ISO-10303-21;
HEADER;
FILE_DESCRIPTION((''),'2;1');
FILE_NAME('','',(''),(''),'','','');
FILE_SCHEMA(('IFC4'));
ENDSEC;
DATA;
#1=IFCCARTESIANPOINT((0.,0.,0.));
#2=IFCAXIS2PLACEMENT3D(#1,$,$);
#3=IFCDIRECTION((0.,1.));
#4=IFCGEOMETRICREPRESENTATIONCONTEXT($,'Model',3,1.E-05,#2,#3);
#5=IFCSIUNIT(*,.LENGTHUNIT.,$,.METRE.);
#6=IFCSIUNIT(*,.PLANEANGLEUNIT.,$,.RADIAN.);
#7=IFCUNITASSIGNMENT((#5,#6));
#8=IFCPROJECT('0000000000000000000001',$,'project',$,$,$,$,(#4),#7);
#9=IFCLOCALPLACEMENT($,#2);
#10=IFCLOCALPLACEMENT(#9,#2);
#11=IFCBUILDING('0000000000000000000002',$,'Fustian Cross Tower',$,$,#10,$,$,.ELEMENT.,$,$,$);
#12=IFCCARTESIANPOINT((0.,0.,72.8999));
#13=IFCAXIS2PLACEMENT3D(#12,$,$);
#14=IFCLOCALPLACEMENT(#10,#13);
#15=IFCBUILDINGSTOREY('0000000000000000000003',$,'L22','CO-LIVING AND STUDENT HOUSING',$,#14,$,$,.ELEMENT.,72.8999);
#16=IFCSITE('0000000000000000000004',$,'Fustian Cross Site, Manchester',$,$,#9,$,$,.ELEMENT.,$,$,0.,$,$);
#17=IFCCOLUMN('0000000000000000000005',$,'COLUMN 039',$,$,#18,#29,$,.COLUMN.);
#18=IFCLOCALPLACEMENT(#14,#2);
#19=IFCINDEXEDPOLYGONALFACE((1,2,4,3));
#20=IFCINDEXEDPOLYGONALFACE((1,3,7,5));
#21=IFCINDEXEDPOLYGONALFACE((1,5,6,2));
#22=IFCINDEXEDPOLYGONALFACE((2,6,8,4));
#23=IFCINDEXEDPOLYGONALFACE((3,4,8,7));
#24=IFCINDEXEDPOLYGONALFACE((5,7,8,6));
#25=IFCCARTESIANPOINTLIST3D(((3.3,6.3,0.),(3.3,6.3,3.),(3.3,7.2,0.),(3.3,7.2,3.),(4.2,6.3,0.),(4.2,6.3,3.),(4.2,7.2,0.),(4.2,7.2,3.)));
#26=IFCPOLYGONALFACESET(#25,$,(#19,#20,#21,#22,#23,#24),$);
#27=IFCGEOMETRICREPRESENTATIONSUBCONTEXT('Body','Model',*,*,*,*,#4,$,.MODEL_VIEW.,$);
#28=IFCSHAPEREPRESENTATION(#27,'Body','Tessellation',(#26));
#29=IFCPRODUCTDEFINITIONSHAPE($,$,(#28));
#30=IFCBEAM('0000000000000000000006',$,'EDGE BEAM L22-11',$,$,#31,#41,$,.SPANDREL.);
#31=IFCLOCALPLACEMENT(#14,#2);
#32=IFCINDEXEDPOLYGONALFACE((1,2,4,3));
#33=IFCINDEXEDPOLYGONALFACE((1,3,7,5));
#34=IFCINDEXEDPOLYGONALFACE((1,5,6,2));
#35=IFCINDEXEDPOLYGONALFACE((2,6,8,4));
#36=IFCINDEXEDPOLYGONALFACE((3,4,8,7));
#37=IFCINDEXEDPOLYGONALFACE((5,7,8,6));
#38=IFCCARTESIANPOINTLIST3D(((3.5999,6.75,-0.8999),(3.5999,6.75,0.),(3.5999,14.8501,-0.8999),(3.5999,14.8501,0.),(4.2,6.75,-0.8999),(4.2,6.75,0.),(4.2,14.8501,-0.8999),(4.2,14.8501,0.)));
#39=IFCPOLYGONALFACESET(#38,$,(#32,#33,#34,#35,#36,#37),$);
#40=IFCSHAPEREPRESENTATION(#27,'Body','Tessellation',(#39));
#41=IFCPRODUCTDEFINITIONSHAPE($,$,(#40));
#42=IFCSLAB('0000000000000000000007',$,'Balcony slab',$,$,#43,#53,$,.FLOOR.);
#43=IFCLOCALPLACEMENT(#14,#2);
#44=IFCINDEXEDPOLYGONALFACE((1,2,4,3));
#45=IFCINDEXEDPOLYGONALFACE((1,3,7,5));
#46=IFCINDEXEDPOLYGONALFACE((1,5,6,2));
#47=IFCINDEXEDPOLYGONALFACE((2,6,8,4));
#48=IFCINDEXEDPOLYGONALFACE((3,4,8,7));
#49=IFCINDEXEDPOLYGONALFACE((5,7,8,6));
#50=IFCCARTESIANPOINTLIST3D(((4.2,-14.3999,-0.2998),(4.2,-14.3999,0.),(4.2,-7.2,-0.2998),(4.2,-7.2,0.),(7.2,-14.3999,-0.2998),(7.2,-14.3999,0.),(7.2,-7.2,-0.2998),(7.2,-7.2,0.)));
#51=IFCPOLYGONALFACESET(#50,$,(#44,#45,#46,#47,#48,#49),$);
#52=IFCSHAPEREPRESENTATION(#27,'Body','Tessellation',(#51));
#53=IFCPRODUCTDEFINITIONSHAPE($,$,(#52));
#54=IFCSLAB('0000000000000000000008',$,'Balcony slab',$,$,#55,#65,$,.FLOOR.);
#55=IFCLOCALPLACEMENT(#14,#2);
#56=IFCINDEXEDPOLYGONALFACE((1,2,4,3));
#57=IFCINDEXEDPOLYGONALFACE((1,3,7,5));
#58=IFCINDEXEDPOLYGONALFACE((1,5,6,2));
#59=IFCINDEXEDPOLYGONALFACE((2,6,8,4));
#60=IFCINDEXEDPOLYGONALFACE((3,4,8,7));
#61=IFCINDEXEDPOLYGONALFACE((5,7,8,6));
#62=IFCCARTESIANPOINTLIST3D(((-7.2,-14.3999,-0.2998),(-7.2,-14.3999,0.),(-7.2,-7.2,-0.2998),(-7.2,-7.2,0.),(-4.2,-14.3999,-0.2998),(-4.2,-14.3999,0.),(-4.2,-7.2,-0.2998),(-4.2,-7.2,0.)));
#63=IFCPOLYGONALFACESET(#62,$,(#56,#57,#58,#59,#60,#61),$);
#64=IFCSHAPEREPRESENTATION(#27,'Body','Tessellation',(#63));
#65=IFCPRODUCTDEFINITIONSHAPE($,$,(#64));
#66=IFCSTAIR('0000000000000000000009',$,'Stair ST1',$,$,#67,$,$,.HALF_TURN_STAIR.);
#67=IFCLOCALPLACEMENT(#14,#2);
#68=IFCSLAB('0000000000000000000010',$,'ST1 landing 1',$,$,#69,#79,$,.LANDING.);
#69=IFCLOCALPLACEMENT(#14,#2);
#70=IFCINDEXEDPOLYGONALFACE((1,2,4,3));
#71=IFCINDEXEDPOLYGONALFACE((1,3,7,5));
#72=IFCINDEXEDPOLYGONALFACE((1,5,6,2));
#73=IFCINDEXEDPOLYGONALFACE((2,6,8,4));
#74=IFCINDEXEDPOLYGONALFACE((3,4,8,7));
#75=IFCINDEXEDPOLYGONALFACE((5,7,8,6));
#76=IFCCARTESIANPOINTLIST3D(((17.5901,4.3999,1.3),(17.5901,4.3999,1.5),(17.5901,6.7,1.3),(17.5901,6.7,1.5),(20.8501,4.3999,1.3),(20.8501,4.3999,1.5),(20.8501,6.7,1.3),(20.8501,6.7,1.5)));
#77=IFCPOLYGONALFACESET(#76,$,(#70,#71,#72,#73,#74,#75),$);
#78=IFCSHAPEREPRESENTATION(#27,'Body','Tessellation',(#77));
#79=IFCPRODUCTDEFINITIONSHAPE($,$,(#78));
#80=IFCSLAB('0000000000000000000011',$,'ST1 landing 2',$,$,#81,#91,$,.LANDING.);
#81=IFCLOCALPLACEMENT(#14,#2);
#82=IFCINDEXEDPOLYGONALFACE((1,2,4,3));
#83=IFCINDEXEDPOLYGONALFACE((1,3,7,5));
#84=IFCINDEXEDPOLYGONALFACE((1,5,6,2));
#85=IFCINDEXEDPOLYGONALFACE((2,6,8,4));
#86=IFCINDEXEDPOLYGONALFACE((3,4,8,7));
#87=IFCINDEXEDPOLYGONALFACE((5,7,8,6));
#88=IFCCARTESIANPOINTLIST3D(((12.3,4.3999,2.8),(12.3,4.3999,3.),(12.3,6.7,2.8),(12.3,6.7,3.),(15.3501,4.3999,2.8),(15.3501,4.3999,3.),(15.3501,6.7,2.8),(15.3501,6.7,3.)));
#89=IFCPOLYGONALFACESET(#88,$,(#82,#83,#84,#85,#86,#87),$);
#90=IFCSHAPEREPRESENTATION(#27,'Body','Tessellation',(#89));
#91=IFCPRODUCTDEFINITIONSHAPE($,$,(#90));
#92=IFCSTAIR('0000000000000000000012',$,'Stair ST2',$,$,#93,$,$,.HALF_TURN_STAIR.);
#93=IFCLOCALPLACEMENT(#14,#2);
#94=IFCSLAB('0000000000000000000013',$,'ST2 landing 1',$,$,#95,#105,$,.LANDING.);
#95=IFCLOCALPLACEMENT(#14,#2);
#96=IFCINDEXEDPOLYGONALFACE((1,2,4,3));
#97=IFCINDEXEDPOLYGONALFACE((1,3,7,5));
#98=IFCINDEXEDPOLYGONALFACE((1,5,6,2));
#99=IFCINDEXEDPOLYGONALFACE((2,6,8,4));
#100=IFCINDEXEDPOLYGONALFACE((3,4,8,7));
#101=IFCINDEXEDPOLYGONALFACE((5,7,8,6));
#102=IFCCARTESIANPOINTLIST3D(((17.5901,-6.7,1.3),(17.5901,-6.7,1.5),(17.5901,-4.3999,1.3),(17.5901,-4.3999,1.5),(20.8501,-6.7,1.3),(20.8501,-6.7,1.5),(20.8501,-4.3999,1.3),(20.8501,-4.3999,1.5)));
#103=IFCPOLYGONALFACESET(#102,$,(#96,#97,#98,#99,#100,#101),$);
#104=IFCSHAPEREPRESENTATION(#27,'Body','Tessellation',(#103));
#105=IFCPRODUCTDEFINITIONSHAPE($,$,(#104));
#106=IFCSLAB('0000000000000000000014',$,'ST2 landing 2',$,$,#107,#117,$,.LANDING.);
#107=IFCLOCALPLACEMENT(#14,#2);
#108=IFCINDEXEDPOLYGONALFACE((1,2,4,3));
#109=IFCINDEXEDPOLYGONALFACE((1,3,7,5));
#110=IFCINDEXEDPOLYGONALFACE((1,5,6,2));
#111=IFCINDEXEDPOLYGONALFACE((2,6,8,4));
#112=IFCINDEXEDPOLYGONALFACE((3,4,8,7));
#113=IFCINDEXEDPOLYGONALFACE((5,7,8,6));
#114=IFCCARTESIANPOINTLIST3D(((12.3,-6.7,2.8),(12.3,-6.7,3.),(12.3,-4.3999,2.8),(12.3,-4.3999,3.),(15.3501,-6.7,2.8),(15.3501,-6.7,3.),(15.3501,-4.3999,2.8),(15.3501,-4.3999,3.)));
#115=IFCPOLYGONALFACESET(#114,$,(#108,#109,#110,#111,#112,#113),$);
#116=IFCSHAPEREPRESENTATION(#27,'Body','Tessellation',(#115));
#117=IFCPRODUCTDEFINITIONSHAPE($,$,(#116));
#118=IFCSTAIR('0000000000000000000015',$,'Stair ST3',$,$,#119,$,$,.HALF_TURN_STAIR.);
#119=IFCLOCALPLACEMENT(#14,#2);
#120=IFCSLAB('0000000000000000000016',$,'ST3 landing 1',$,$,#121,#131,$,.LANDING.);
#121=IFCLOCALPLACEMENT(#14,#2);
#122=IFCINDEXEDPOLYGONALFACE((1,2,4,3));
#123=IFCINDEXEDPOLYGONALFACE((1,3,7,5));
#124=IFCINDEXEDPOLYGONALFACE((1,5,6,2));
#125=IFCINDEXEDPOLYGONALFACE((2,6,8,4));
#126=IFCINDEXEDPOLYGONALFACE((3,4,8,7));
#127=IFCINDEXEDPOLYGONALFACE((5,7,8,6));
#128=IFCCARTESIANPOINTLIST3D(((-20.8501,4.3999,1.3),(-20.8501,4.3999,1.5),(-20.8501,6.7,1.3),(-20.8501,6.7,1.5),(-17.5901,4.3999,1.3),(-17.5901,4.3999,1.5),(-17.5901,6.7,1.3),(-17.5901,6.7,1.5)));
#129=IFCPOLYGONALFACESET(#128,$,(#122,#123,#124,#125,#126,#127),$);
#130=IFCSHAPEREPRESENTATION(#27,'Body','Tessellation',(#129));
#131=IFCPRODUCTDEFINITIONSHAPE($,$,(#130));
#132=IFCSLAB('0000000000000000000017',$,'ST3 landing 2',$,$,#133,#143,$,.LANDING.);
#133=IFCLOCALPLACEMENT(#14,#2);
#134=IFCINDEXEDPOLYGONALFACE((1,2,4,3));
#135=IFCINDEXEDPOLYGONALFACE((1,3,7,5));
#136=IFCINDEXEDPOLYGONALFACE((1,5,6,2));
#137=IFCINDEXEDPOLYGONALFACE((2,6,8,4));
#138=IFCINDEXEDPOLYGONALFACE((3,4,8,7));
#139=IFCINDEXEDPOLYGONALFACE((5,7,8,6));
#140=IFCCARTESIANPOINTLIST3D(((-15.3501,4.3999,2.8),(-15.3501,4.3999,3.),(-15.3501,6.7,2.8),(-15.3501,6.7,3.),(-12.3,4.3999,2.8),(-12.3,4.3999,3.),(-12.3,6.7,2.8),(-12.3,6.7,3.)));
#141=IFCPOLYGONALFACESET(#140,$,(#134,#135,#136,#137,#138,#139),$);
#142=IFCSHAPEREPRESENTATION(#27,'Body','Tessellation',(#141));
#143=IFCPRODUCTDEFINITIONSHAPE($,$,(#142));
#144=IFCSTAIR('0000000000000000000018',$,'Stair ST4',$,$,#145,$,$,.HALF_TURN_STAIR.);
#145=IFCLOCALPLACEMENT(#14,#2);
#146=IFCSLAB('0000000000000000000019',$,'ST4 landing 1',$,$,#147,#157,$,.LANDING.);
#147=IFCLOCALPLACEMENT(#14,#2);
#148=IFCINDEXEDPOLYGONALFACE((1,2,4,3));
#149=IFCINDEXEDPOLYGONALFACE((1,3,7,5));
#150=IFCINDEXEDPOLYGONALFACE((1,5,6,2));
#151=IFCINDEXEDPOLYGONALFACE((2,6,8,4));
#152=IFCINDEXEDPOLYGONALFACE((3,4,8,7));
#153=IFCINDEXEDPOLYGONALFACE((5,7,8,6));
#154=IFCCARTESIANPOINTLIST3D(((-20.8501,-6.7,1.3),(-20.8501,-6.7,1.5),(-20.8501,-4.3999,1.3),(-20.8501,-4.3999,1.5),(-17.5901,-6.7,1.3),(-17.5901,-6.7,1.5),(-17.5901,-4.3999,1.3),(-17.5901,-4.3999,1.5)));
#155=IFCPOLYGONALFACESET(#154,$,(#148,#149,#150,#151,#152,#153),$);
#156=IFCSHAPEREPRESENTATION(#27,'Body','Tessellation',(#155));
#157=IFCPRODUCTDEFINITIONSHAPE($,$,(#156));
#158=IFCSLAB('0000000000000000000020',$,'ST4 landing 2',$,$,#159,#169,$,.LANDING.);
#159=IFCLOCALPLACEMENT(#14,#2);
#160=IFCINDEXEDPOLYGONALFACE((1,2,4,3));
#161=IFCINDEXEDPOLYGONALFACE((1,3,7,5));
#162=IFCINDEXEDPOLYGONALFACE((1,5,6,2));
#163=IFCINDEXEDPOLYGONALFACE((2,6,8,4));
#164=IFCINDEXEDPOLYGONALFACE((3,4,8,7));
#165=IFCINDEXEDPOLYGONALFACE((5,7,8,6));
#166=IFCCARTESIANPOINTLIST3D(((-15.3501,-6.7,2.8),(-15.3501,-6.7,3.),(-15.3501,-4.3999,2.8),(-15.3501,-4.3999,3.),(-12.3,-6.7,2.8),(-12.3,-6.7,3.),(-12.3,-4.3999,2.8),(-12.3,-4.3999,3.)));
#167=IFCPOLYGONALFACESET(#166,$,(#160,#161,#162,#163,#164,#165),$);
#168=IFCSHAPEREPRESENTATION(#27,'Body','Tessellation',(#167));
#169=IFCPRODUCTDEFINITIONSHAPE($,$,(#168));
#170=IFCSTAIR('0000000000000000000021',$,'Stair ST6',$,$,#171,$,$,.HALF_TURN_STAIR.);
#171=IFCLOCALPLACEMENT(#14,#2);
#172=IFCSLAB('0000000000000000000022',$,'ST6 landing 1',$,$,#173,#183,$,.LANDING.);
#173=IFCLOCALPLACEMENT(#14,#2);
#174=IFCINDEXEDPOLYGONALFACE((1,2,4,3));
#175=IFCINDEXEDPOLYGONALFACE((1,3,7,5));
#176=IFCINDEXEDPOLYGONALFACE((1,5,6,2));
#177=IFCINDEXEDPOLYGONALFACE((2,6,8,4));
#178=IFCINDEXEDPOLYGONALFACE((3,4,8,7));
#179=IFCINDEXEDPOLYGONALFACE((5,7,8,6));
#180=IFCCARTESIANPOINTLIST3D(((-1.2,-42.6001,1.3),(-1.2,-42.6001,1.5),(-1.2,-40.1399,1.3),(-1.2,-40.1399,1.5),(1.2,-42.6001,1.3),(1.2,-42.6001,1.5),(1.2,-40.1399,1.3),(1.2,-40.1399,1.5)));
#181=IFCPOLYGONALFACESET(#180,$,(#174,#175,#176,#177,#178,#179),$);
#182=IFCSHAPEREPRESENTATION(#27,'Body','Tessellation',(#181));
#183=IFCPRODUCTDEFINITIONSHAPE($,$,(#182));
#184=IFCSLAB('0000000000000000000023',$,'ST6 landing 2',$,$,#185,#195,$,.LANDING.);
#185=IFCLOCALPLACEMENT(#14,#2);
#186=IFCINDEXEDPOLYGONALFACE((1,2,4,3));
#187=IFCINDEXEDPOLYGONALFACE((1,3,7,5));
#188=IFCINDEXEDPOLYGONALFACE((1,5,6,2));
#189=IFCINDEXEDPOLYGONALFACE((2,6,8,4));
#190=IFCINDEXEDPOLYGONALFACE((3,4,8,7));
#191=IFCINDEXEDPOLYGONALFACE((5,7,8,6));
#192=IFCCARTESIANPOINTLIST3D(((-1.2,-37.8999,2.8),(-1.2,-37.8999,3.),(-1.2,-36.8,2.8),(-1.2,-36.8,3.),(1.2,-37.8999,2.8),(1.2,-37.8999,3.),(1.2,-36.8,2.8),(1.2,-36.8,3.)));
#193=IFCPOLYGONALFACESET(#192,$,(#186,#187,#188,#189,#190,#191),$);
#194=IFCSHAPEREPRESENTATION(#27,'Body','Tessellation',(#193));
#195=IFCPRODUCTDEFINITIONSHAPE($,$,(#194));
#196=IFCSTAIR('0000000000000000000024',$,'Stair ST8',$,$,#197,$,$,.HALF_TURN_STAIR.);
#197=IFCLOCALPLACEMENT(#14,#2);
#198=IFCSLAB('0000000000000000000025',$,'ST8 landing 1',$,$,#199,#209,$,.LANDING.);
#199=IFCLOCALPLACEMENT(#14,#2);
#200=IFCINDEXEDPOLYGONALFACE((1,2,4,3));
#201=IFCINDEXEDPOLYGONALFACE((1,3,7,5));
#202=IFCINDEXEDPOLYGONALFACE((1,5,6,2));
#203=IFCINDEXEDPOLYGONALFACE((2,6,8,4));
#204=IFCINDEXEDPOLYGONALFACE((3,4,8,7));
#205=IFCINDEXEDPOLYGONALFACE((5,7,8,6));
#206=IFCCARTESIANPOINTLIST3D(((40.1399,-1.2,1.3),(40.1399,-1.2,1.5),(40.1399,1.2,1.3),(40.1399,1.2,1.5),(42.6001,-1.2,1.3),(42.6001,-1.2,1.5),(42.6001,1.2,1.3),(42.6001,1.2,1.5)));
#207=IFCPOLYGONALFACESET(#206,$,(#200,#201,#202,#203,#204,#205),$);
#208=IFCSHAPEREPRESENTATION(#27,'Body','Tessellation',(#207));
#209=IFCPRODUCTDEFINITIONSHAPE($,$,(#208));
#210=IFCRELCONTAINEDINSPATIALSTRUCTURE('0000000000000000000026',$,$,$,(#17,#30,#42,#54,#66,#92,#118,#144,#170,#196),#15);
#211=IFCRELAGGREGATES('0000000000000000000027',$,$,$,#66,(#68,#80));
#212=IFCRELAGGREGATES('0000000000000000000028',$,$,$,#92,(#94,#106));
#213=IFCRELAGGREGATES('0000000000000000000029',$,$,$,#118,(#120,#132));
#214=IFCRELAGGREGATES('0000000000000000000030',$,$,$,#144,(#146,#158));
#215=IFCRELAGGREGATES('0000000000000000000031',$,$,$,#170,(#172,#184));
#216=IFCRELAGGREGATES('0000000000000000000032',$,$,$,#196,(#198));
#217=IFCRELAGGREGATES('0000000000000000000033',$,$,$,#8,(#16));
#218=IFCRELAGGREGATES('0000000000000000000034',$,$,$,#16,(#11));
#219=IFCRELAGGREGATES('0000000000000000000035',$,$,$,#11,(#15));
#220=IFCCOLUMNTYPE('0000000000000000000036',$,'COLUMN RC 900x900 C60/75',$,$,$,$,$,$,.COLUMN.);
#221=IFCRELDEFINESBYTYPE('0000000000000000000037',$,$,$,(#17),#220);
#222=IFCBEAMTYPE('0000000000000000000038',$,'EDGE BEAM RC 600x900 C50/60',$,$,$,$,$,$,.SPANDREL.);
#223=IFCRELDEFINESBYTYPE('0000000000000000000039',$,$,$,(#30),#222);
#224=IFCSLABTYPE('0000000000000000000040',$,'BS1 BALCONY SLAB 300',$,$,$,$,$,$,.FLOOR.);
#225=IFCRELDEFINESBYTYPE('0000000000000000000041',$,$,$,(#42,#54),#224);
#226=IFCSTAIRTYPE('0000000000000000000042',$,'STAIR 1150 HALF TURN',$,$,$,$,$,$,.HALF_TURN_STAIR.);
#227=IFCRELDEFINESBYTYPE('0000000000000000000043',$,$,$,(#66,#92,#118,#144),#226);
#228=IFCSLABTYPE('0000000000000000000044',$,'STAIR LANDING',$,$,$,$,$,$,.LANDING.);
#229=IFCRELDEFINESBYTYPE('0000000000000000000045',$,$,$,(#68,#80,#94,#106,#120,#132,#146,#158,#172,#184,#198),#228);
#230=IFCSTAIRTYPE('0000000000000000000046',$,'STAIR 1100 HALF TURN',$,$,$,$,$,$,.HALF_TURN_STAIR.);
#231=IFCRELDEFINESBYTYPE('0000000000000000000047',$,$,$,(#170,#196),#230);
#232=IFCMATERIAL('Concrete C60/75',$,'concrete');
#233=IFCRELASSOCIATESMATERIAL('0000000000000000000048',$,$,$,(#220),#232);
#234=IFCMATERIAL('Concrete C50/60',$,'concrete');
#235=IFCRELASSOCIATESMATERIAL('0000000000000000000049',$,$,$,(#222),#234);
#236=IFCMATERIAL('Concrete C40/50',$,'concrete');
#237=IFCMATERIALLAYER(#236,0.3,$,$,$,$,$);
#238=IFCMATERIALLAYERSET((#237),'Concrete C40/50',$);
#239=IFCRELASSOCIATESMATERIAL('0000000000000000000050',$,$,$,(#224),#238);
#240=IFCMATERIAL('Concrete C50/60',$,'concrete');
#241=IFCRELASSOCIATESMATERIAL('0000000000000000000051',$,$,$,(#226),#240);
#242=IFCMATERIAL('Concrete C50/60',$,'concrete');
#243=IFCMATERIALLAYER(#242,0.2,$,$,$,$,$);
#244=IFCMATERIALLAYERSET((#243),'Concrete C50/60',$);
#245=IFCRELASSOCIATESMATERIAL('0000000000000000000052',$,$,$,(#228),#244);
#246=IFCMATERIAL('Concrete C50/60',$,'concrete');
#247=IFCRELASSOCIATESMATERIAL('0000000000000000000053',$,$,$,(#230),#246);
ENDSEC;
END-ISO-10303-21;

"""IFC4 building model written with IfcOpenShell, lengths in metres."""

from ifc_helpers import new_model, si_unit, direction, frame, origin, origin_2d, place, context, subcontext, project, spatial, polyline, rectangle, outline, extrude, material, layer, layer_set, material_profile, profile_set, type_object, element, aggregate, save


model = new_model("IFC4")

# Units and contexts
model_context = context("Model", 3, precision=1e-05, world=origin(), true_north=direction((0.0, 1.0)))
body_context = subcontext(model_context, "Body", "Model", "MODEL_VIEW")
ifc_project = project(units=[si_unit("LENGTHUNIT", "METRE"), si_unit("PLANEANGLEUNIT", "RADIAN")], contexts=[model_context])

# Site, building, storey
site_placement = place(None, origin())
site = spatial("IfcSite", under=ifc_project, at=site_placement, Name="Fustian Cross Site, Manchester", CompositionType="ELEMENT", RefElevation=0.0)
building_placement = place(site_placement, origin())
building = spatial("IfcBuilding", under=site, at=building_placement, Name="Fustian Cross Tower", CompositionType="ELEMENT")
storey_placement = place(building_placement, frame((0.0, 0.0, 72.8999)))
storey = spatial("IfcBuildingStorey", under=building, at=storey_placement, Name="L22", Description="CO-LIVING AND STUDENT HOUSING", CompositionType="ELEMENT", Elevation=72.8999)

# Column
ifc_material_1 = material(Name="Concrete C60/75", Category="concrete")
ifc_material_profile_1 = material_profile(ifc_material_1, rectangle(XDim=0.8999, YDim=0.8999, at=origin_2d()), Name="RC 900x900")
ifc_profile_set_1 = profile_set([ifc_material_profile_1], Name="Concrete C60/75")
column_type = type_object("IfcColumnType", Name="COLUMN RC 900x900 C60/75", PredefinedType="COLUMN", material=ifc_profile_set_1)
column_placement = place(storey_placement, frame((3.75, 6.75, 0.0), z_axis=(0.0, 0.0, 1.0), x_axis=(1.0, 0.0, 0.0)))
element("IfcColumn", 1, at=column_placement, inside=storey, type_object=column_type, Name="COLUMN 039", PredefinedType="COLUMN", context=body_context, shape_type="SweptSolid", body=[
    extrude(rectangle(XDim=0.8999, YDim=0.8999, at=origin_2d()), origin(), (0.0, 0.0, 1.0), 3.0),
])

# Beam
ifc_material_2 = material(Name="Concrete C50/60", Category="concrete")
ifc_material_profile_2 = material_profile(ifc_material_2, rectangle(XDim=0.6001, YDim=0.8999, at=origin_2d()), Name="RC 600x900")
ifc_profile_set_2 = profile_set([ifc_material_profile_2], Name="Concrete C50/60")
beam_type = type_object("IfcBeamType", Name="EDGE BEAM RC 600x900 C50/60", PredefinedType="SPANDREL", material=ifc_profile_set_2)
beam_placement = place(storey_placement, frame((3.8999, 6.75, -0.45), z_axis=(0.0, 1.0, 0.0), x_axis=(-1.0, 0.0, 0.0)))
element("IfcBeam", 2, at=beam_placement, inside=storey, type_object=beam_type, Name="EDGE BEAM L22-11", PredefinedType="SPANDREL", context=body_context, shape_type="SweptSolid", body=[
    extrude(rectangle(XDim=0.6001, YDim=0.8999, at=origin_2d()), origin(), (0.0, 0.0, 1.0), 8.1001),
])

# Slabs
ifc_material_3 = material(Name="Concrete C40/50", Category="concrete")
ifc_layer_1 = layer(ifc_material_3, 0.3)
ifc_layer_set_1 = layer_set([ifc_layer_1], Name="Concrete C40/50")
slab_type_1 = type_object("IfcSlabType", Name="BS1 BALCONY SLAB 300", PredefinedType="FLOOR", material=ifc_layer_set_1)
slab_1_placement = place(storey_placement, frame((0.0, 0.0, -0.2998)))
element("IfcSlab", 3, at=slab_1_placement, inside=storey, type_object=slab_type_1, Name="Balcony slab", PredefinedType="FLOOR", context=body_context, shape_type="SweptSolid", body=[
    extrude(outline(polyline([(4.2, -14.3999), (7.2, -14.3999), (7.2, -7.2), (4.2, -7.2), (4.2, -14.3999)])), origin(), (0.0, 0.0, 1.0), 0.2998),
])
slab_2_placement = place(storey_placement, frame((0.0, 0.0, -0.2998)))
element("IfcSlab", 4, at=slab_2_placement, inside=storey, type_object=slab_type_1, Name="Balcony slab", PredefinedType="FLOOR", context=body_context, shape_type="SweptSolid", body=[
    extrude(outline(polyline([(-7.2, -14.3999), (-4.2, -14.3999), (-4.2, -7.2), (-7.2, -7.2), (-7.2, -14.3999)])), origin(), (0.0, 0.0, 1.0), 0.2998),
])

# Stairs, slabs
ifc_material_4 = material(Name="Concrete C50/60", Category="concrete")
stair_type_1 = type_object("IfcStairType", Name="STAIR 1150 HALF TURN", PredefinedType="HALF_TURN_STAIR", material=ifc_material_4)
stair_1_placement = place(storey_placement, origin())
stair_1 = element("IfcStair", 5, at=stair_1_placement, inside=storey, type_object=stair_type_1, Name="Stair ST1", PredefinedType="HALF_TURN_STAIR")
ifc_material_5 = material(Name="Concrete C50/60", Category="concrete")
ifc_layer_2 = layer(ifc_material_5, 0.2)
ifc_layer_set_2 = layer_set([ifc_layer_2], Name="Concrete C50/60")
slab_type_2 = type_object("IfcSlabType", Name="STAIR LANDING", PredefinedType="LANDING", material=ifc_layer_set_2)
slab_3_placement = place(storey_placement, frame((0.0, 0.0, 1.3)))
slab_3 = element("IfcSlab", 6, at=slab_3_placement, type_object=slab_type_2, Name="ST1 landing 1", PredefinedType="LANDING", context=body_context, shape_type="SweptSolid", body=[
    extrude(outline(polyline([(17.5901, 4.3999), (20.8501, 4.3999), (20.8501, 6.7), (17.5901, 6.7), (17.5901, 4.3999)])), origin(), (0.0, 0.0, 1.0), 0.2),
])
slab_4_placement = place(storey_placement, frame((0.0, 0.0, 2.8)))
slab_4 = element("IfcSlab", 7, at=slab_4_placement, type_object=slab_type_2, Name="ST1 landing 2", PredefinedType="LANDING", context=body_context, shape_type="SweptSolid", body=[
    extrude(outline(polyline([(12.3, 4.3999), (15.3501, 4.3999), (15.3501, 6.7), (12.3, 6.7), (12.3, 4.3999)])), origin(), (0.0, 0.0, 1.0), 0.2),
])
aggregate(stair_1, [slab_3, slab_4])
stair_2_placement = place(storey_placement, origin())
stair_2 = element("IfcStair", 8, at=stair_2_placement, inside=storey, type_object=stair_type_1, Name="Stair ST2", PredefinedType="HALF_TURN_STAIR")
slab_5_placement = place(storey_placement, frame((0.0, 0.0, 1.3)))
slab_5 = element("IfcSlab", 9, at=slab_5_placement, type_object=slab_type_2, Name="ST2 landing 1", PredefinedType="LANDING", context=body_context, shape_type="SweptSolid", body=[
    extrude(outline(polyline([(17.5901, -4.3999), (20.8501, -4.3999), (20.8501, -6.7), (17.5901, -6.7), (17.5901, -4.3999)])), origin(), (0.0, 0.0, 1.0), 0.2),
])
slab_6_placement = place(storey_placement, frame((0.0, 0.0, 2.8)))
slab_6 = element("IfcSlab", 10, at=slab_6_placement, type_object=slab_type_2, Name="ST2 landing 2", PredefinedType="LANDING", context=body_context, shape_type="SweptSolid", body=[
    extrude(outline(polyline([(12.3, -4.3999), (15.3501, -4.3999), (15.3501, -6.7), (12.3, -6.7), (12.3, -4.3999)])), origin(), (0.0, 0.0, 1.0), 0.2),
])
aggregate(stair_2, [slab_5, slab_6])
stair_3_placement = place(storey_placement, origin())
stair_3 = element("IfcStair", 11, at=stair_3_placement, inside=storey, type_object=stair_type_1, Name="Stair ST3", PredefinedType="HALF_TURN_STAIR")
slab_7_placement = place(storey_placement, frame((0.0, 0.0, 1.3)))
slab_7 = element("IfcSlab", 12, at=slab_7_placement, type_object=slab_type_2, Name="ST3 landing 1", PredefinedType="LANDING", context=body_context, shape_type="SweptSolid", body=[
    extrude(outline(polyline([(-17.5901, 4.3999), (-20.8501, 4.3999), (-20.8501, 6.7), (-17.5901, 6.7), (-17.5901, 4.3999)])), origin(), (0.0, 0.0, 1.0), 0.2),
])
slab_8_placement = place(storey_placement, frame((0.0, 0.0, 2.8)))
slab_8 = element("IfcSlab", 13, at=slab_8_placement, type_object=slab_type_2, Name="ST3 landing 2", PredefinedType="LANDING", context=body_context, shape_type="SweptSolid", body=[
    extrude(outline(polyline([(-12.3, 4.3999), (-15.3501, 4.3999), (-15.3501, 6.7), (-12.3, 6.7), (-12.3, 4.3999)])), origin(), (0.0, 0.0, 1.0), 0.2),
])
aggregate(stair_3, [slab_7, slab_8])
stair_4_placement = place(storey_placement, origin())
stair_4 = element("IfcStair", 14, at=stair_4_placement, inside=storey, type_object=stair_type_1, Name="Stair ST4", PredefinedType="HALF_TURN_STAIR")
slab_9_placement = place(storey_placement, frame((0.0, 0.0, 1.3)))
slab_9 = element("IfcSlab", 15, at=slab_9_placement, type_object=slab_type_2, Name="ST4 landing 1", PredefinedType="LANDING", context=body_context, shape_type="SweptSolid", body=[
    extrude(outline(polyline([(-17.5901, -4.3999), (-20.8501, -4.3999), (-20.8501, -6.7), (-17.5901, -6.7), (-17.5901, -4.3999)])), origin(), (0.0, 0.0, 1.0), 0.2),
])
slab_10_placement = place(storey_placement, frame((0.0, 0.0, 2.8)))
slab_10 = element("IfcSlab", 16, at=slab_10_placement, type_object=slab_type_2, Name="ST4 landing 2", PredefinedType="LANDING", context=body_context, shape_type="SweptSolid", body=[
    extrude(outline(polyline([(-12.3, -4.3999), (-15.3501, -4.3999), (-15.3501, -6.7), (-12.3, -6.7), (-12.3, -4.3999)])), origin(), (0.0, 0.0, 1.0), 0.2),
])
aggregate(stair_4, [slab_9, slab_10])
ifc_material_6 = material(Name="Concrete C50/60", Category="concrete")
stair_type_2 = type_object("IfcStairType", Name="STAIR 1100 HALF TURN", PredefinedType="HALF_TURN_STAIR", material=ifc_material_6)
stair_5_placement = place(storey_placement, origin())
stair_5 = element("IfcStair", 17, at=stair_5_placement, inside=storey, type_object=stair_type_2, Name="Stair ST6", PredefinedType="HALF_TURN_STAIR")
slab_11_placement = place(storey_placement, frame((0.0, 0.0, 1.3)))
slab_11 = element("IfcSlab", 18, at=slab_11_placement, type_object=slab_type_2, Name="ST6 landing 1", PredefinedType="LANDING", context=body_context, shape_type="SweptSolid", body=[
    extrude(outline(polyline([(-1.2, -40.1399), (-1.2, -42.6001), (1.2, -42.6001), (1.2, -40.1399), (-1.2, -40.1399)])), origin(), (0.0, 0.0, 1.0), 0.2),
])
slab_12_placement = place(storey_placement, frame((0.0, 0.0, 2.8)))
slab_12 = element("IfcSlab", 19, at=slab_12_placement, type_object=slab_type_2, Name="ST6 landing 2", PredefinedType="LANDING", context=body_context, shape_type="SweptSolid", body=[
    extrude(outline(polyline([(-1.2, -36.8), (-1.2, -37.8999), (1.2, -37.8999), (1.2, -36.8), (-1.2, -36.8)])), origin(), (0.0, 0.0, 1.0), 0.2),
])
aggregate(stair_5, [slab_11, slab_12])
stair_6_placement = place(storey_placement, origin())
stair_6 = element("IfcStair", 20, at=stair_6_placement, inside=storey, type_object=stair_type_2, Name="Stair ST8", PredefinedType="HALF_TURN_STAIR")
slab_13_placement = place(storey_placement, frame((0.0, 0.0, 1.3)))
slab_13 = element("IfcSlab", 21, at=slab_13_placement, type_object=slab_type_2, Name="ST8 landing 1", PredefinedType="LANDING", context=body_context, shape_type="SweptSolid", body=[
    extrude(outline(polyline([(40.1399, -1.2), (42.6001, -1.2), (42.6001, 1.2), (40.1399, 1.2), (40.1399, -1.2)])), origin(), (0.0, 0.0, 1.0), 0.2),
])
aggregate(stair_6, [slab_13])

save(model, "model.ifc")
